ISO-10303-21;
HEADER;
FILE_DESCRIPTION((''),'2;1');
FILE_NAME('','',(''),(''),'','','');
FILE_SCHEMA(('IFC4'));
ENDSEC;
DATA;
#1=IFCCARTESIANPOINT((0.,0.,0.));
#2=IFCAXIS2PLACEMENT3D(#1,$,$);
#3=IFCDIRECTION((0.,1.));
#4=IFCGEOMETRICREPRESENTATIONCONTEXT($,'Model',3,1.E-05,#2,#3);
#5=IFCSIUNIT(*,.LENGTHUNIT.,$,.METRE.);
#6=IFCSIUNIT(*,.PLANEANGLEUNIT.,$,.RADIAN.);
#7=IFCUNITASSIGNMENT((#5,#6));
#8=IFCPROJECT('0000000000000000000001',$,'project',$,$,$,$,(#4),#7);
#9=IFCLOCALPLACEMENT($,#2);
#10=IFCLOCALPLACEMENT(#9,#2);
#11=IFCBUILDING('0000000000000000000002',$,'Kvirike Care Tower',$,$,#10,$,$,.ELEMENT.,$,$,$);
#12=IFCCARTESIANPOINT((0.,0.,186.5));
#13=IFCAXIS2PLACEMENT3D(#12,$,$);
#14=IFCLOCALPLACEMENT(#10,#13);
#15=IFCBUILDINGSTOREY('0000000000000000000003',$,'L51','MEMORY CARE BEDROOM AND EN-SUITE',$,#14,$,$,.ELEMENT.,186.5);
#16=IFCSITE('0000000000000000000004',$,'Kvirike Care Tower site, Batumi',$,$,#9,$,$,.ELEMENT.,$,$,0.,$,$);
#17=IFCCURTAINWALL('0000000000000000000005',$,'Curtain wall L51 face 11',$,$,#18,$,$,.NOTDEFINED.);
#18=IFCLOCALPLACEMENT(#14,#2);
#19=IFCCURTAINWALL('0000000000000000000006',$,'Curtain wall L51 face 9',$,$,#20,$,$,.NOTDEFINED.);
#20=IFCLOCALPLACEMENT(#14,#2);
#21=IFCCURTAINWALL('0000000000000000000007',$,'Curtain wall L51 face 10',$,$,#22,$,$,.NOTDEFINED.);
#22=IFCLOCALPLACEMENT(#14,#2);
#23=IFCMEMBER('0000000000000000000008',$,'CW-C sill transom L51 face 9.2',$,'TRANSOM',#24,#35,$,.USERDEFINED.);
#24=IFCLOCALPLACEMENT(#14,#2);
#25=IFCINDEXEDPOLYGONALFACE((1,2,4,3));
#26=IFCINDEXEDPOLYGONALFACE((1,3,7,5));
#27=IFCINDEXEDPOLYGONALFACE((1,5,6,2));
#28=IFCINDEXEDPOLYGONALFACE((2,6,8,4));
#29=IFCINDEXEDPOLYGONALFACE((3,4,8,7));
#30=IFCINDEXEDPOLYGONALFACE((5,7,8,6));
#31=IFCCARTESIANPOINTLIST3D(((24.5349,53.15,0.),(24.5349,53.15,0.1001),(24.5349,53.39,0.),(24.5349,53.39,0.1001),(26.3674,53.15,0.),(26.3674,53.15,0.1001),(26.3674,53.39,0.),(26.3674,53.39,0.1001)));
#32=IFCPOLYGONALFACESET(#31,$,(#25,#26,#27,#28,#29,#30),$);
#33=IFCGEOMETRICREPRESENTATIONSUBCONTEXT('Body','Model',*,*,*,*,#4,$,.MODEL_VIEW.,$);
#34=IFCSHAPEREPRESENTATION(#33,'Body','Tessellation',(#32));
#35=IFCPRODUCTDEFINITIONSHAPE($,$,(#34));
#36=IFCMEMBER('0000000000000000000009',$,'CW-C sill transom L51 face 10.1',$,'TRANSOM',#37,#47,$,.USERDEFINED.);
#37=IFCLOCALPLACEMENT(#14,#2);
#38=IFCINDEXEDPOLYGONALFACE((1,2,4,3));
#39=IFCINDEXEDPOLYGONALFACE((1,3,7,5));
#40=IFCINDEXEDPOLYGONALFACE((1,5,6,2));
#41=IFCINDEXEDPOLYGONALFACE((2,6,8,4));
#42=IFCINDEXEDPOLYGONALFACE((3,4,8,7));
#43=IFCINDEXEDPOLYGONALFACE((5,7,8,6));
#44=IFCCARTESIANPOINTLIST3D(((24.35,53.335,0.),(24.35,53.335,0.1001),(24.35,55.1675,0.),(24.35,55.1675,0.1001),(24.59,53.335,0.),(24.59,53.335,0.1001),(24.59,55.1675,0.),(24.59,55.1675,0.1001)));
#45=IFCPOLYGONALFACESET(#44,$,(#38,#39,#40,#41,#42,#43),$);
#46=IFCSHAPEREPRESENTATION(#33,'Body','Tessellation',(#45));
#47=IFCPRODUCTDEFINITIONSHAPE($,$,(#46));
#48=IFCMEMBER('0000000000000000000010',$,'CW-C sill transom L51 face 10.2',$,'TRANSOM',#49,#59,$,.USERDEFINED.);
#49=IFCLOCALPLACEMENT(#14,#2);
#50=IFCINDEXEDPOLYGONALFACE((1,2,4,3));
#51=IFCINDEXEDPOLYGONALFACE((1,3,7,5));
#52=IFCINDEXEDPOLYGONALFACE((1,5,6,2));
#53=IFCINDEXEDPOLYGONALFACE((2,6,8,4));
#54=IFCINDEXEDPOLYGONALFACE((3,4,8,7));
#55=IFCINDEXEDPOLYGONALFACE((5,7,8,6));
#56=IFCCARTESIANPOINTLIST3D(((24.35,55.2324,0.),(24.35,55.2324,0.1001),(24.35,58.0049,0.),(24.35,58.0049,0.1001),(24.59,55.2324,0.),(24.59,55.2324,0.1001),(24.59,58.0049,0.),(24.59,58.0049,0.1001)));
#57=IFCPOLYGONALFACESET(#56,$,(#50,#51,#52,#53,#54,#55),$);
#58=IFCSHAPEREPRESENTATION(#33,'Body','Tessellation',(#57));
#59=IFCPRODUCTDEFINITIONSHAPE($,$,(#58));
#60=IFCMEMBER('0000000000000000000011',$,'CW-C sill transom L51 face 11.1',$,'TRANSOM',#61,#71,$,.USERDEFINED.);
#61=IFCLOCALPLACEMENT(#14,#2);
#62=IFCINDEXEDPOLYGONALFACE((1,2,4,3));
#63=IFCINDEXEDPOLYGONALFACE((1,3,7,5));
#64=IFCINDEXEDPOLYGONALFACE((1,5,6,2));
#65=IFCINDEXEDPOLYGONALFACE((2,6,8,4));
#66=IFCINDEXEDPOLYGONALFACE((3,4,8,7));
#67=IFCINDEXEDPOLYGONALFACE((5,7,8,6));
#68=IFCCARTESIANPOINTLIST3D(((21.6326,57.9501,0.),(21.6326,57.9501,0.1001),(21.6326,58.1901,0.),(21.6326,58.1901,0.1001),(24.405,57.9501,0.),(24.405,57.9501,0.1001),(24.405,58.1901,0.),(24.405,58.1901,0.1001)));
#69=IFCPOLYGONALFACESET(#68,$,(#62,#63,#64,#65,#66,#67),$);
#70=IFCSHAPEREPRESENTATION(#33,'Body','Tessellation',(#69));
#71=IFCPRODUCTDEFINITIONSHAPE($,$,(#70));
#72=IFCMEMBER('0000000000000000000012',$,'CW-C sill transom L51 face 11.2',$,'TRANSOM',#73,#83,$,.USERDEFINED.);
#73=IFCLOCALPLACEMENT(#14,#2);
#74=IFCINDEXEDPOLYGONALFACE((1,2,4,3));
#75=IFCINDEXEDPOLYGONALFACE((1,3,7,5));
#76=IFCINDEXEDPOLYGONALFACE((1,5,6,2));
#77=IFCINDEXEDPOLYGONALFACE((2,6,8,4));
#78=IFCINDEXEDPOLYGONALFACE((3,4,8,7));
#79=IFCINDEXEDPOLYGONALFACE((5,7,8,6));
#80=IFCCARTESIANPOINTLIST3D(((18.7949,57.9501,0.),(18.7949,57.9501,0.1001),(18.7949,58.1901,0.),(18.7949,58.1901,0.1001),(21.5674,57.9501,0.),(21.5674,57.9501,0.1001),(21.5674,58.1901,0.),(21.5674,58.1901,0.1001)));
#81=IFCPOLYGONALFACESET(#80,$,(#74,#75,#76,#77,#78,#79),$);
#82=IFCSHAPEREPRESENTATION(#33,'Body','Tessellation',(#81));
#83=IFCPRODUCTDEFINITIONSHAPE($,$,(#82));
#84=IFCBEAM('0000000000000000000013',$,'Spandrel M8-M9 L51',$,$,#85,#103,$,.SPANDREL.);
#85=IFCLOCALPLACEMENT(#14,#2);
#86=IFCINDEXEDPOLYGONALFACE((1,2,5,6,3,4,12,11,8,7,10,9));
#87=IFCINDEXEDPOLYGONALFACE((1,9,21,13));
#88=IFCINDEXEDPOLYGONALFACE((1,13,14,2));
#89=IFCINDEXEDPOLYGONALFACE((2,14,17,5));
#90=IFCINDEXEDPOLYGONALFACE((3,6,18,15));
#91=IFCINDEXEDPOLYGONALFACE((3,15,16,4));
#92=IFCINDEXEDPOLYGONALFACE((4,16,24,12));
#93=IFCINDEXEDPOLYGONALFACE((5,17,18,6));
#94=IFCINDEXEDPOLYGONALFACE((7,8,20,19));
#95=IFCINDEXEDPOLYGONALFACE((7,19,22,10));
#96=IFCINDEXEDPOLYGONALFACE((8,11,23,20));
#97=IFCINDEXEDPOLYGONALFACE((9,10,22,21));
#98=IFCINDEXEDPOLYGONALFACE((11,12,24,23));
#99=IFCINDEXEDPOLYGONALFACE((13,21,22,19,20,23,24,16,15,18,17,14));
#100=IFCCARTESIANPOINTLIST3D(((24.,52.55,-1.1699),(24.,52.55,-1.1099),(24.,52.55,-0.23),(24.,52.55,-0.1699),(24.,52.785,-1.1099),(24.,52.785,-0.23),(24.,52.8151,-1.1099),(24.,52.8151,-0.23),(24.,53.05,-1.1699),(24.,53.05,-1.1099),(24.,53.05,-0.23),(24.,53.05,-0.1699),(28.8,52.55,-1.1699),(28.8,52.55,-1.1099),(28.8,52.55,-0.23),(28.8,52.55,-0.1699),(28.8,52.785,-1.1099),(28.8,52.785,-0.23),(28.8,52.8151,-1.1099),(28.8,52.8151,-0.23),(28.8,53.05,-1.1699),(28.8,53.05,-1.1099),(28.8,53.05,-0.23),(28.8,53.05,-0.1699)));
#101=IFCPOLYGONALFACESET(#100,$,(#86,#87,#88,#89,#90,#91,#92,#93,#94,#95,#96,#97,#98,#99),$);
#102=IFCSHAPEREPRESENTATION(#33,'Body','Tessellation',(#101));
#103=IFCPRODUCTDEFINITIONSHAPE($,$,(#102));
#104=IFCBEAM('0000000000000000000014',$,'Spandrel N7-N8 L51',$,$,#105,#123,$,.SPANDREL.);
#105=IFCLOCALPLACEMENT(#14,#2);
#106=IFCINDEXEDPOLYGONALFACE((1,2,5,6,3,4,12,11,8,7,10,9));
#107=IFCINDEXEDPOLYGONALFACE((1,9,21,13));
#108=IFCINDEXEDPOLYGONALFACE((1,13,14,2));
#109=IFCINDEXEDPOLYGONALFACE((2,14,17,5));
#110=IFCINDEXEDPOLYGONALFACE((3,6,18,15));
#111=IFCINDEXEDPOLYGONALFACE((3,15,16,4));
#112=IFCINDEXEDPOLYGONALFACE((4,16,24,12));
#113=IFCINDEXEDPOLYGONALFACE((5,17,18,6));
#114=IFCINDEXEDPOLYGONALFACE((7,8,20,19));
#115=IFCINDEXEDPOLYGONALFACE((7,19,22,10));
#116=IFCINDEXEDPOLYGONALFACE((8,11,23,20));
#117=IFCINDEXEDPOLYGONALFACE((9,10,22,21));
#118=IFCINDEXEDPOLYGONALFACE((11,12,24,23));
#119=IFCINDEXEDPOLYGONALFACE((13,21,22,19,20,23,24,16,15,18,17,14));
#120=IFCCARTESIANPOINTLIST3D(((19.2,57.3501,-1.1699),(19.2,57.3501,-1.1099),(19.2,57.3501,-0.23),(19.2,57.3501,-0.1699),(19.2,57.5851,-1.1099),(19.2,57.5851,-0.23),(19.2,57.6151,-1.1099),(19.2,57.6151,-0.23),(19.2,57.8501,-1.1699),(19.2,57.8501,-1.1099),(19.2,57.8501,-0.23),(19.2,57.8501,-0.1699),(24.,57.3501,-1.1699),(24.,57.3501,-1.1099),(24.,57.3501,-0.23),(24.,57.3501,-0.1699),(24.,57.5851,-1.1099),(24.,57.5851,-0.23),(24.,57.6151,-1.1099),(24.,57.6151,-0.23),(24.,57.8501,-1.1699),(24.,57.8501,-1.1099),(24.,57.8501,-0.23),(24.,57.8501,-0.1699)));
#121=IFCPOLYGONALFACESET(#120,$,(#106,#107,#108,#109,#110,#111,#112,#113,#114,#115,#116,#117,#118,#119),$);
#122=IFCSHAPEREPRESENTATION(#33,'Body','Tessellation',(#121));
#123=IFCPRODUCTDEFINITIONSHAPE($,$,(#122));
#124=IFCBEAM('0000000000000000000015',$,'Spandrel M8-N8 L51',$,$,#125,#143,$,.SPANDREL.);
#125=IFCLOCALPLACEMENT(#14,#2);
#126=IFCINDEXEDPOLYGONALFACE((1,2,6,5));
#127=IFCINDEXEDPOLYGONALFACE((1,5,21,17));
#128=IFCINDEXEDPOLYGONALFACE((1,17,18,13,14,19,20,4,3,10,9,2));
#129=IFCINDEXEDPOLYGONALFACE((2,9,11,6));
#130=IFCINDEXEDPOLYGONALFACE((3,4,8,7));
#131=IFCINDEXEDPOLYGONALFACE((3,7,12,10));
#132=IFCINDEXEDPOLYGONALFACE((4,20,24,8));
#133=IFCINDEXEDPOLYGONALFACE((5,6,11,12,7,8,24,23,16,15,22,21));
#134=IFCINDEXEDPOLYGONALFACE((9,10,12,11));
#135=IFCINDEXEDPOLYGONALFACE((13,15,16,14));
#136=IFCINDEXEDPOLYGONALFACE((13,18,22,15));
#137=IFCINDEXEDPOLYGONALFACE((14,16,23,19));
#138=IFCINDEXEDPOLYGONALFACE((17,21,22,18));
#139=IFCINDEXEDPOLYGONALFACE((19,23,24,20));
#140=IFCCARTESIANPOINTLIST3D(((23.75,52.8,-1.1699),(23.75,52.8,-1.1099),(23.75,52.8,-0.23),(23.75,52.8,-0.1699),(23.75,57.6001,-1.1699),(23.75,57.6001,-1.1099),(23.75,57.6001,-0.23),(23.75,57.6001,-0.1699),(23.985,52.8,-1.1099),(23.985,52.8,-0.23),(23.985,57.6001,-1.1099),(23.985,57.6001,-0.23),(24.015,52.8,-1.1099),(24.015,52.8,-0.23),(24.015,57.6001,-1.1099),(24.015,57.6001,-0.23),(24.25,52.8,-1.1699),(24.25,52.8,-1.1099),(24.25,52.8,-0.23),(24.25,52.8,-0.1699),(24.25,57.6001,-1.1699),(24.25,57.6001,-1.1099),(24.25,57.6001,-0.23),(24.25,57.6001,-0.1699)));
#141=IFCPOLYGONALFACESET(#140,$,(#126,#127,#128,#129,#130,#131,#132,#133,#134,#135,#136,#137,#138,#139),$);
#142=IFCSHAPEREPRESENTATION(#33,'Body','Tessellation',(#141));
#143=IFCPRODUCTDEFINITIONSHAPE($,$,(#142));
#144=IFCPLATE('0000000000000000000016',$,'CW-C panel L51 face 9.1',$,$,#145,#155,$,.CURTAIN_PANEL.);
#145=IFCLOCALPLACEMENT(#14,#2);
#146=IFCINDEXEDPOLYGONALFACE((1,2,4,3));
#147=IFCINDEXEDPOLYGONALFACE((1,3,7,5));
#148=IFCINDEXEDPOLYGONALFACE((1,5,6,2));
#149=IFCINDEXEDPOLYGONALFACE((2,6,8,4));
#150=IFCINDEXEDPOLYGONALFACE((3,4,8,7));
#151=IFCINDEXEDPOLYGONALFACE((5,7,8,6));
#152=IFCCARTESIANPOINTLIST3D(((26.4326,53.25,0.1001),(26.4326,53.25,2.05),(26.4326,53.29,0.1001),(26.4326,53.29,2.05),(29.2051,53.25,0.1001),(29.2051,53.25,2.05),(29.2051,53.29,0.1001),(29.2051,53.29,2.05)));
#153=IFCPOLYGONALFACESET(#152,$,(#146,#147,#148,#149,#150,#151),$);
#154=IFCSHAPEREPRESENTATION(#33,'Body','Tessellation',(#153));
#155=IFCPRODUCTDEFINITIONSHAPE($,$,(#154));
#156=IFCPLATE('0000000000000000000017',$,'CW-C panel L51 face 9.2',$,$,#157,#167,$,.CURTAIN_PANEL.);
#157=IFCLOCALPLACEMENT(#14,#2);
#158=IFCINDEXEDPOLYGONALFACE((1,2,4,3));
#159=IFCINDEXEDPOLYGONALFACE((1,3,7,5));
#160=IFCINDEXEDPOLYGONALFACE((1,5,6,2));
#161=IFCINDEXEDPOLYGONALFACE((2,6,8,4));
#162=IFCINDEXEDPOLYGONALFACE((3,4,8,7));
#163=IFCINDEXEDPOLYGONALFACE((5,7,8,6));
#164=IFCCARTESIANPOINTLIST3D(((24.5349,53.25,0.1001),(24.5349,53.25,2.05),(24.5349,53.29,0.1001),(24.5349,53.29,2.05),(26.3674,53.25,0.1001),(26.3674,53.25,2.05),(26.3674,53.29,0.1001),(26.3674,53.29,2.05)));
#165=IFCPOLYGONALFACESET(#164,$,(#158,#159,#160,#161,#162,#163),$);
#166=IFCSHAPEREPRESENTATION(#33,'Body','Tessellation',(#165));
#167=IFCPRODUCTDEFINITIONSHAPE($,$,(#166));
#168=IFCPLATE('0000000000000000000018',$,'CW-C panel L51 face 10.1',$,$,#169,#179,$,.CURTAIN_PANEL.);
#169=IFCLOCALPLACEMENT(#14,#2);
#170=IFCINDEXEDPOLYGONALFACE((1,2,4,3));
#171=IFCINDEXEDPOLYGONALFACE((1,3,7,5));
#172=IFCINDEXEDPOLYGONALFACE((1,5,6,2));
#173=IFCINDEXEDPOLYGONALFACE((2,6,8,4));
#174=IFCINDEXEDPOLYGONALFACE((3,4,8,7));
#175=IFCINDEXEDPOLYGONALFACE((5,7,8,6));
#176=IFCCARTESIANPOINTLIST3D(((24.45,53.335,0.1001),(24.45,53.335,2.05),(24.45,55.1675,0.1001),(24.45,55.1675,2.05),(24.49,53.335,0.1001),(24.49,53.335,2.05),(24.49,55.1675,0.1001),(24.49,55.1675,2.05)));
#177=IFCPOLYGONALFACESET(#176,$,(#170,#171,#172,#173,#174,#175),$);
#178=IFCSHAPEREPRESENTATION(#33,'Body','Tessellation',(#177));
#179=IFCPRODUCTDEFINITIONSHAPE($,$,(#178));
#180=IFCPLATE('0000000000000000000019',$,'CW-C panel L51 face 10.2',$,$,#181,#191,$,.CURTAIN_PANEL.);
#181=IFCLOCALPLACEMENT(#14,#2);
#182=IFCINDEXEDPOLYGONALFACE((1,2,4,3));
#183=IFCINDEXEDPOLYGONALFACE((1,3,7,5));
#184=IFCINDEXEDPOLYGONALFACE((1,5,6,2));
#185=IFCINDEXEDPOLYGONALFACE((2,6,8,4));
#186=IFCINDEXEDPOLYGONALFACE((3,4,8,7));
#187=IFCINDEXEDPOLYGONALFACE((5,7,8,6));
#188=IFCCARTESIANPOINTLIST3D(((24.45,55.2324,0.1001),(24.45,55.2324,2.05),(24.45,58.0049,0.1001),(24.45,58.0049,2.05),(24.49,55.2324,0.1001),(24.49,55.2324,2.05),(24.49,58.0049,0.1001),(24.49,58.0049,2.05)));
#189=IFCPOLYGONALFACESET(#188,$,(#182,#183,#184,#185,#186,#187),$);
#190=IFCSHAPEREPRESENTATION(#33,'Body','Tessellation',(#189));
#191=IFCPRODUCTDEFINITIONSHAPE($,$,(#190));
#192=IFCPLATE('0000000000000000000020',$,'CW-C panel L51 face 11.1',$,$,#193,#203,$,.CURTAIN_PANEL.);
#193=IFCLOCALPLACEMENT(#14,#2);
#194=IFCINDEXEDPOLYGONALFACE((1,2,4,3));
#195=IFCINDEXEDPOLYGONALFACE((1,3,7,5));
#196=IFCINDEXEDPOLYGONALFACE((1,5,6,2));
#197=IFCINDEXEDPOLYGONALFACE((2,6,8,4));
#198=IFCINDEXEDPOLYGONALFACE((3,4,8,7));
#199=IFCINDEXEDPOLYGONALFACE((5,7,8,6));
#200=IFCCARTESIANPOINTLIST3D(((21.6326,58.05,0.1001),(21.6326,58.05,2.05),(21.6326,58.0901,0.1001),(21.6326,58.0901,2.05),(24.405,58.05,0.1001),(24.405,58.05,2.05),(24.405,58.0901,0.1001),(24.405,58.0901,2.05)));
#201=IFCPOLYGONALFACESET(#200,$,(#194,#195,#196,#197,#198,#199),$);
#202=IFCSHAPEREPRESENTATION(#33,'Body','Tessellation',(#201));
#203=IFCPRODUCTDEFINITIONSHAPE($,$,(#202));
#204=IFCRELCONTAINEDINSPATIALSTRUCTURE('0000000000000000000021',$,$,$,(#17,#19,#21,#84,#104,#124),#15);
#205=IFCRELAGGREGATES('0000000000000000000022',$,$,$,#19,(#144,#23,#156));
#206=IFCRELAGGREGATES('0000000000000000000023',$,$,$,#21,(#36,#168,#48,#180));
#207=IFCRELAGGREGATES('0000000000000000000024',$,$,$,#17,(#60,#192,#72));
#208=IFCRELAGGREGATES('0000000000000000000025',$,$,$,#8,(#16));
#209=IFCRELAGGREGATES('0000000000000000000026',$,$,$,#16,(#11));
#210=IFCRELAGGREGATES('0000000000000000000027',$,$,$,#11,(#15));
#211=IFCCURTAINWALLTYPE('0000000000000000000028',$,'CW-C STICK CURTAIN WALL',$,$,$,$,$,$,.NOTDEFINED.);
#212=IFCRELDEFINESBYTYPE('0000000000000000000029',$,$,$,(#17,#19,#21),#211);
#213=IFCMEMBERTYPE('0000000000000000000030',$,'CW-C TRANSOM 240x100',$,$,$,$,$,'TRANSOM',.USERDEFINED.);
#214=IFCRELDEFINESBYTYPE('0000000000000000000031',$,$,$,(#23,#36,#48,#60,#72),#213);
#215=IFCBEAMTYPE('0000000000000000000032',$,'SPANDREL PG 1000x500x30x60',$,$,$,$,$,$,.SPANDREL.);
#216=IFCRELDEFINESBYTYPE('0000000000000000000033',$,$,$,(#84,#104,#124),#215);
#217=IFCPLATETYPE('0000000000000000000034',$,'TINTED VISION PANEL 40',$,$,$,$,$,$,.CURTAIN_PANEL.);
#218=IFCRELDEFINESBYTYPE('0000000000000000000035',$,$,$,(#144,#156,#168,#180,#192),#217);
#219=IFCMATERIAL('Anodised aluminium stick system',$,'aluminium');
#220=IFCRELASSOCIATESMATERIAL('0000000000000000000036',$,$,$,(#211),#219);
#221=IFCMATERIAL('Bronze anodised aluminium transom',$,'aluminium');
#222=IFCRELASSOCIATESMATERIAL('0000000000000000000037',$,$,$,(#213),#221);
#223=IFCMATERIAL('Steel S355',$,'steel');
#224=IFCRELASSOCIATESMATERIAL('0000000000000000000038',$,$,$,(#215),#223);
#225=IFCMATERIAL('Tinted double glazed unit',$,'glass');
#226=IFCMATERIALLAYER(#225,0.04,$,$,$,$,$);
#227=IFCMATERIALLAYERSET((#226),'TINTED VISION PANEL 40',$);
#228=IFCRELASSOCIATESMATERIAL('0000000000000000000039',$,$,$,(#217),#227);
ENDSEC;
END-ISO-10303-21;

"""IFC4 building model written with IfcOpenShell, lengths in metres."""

from ifc_helpers import new_model, si_unit, direction, frame, origin, origin_2d, place, context, subcontext, project, spatial, rectangle, i_section, extrude, material, layer, layer_set, material_profile, profile_set, type_object, element, aggregate, save


model = new_model("IFC4")

# Units and contexts
model_context = context("Model", 3, precision=1e-05, world=origin(), true_north=direction((0.0, 1.0)))
body_context = subcontext(model_context, "Body", "Model", "MODEL_VIEW")
ifc_project = project(units=[si_unit("LENGTHUNIT", "METRE"), si_unit("PLANEANGLEUNIT", "RADIAN")], contexts=[model_context])

# Site, building, storey
site_placement = place(None, origin())
site = spatial("IfcSite", under=ifc_project, at=site_placement, Name="Kvirike Care Tower site, Batumi", CompositionType="ELEMENT", RefElevation=0.0)
building_placement = place(site_placement, origin())
building = spatial("IfcBuilding", under=site, at=building_placement, Name="Kvirike Care Tower", CompositionType="ELEMENT")
storey_placement = place(building_placement, frame((0.0, 0.0, 186.5)))
storey = spatial("IfcBuildingStorey", under=building, at=storey_placement, Name="L51", Description="MEMORY CARE BEDROOM AND EN-SUITE", CompositionType="ELEMENT", Elevation=186.5)

# Curtain wall
ifc_material_1 = material(Name="Anodised aluminium stick system", Category="aluminium")
curtain_wall_type = type_object("IfcCurtainWallType", Name="CW-C STICK CURTAIN WALL", PredefinedType="NOTDEFINED", material=ifc_material_1)
curtain_wall_1_placement = place(storey_placement, origin())
curtain_wall_1 = element("IfcCurtainWall", 1, at=curtain_wall_1_placement, inside=storey, type_object=curtain_wall_type, Name="Curtain wall L51 face 11", PredefinedType="NOTDEFINED")

# Curtain walls
curtain_wall_2_placement = place(storey_placement, origin())
curtain_wall_2 = element("IfcCurtainWall", 2, at=curtain_wall_2_placement, inside=storey, type_object=curtain_wall_type, Name="Curtain wall L51 face 9", PredefinedType="NOTDEFINED")
curtain_wall_3_placement = place(storey_placement, origin())
curtain_wall_3 = element("IfcCurtainWall", 3, at=curtain_wall_3_placement, inside=storey, type_object=curtain_wall_type, Name="Curtain wall L51 face 10", PredefinedType="NOTDEFINED")

# Members
ifc_material_2 = material(Name="Bronze anodised aluminium transom", Category="aluminium")
ifc_material_profile_1 = material_profile(ifc_material_2, rectangle(XDim=0.24, YDim=0.1001, at=origin_2d()), Name="CW-C TRANSOM 240x100")
ifc_profile_set_1 = profile_set([ifc_material_profile_1], Name="Bronze anodised aluminium transom")
member_type_1 = type_object("IfcMemberType", Name="CW-C TRANSOM 240x100", ElementType="TRANSOM", PredefinedType="USERDEFINED", material=ifc_profile_set_1)
member_1_placement = place(storey_placement, frame((26.3674, 53.27, 0.05), z_axis=(-1.0, 0.0, 0.0), x_axis=(0.0, -1.0, 0.0)))
member_1 = element("IfcMember", 4, at=member_1_placement, type_object=member_type_1, Name="CW-C sill transom L51 face 9.2", ObjectType="TRANSOM", PredefinedType="USERDEFINED", context=body_context, shape_type="SweptSolid", body=[
    extrude(rectangle(XDim=0.24, YDim=0.1001, at=origin_2d()), origin(), (0.0, 0.0, 1.0), 1.8325),
])
member_2_placement = place(storey_placement, frame((24.47, 53.335, 0.05), z_axis=(0.0, 1.0, 0.0), x_axis=(-1.0, 0.0, 0.0)))
member_2 = element("IfcMember", 5, at=member_2_placement, type_object=member_type_1, Name="CW-C sill transom L51 face 10.1", ObjectType="TRANSOM", PredefinedType="USERDEFINED", context=body_context, shape_type="SweptSolid", body=[
    extrude(rectangle(XDim=0.24, YDim=0.1001, at=origin_2d()), origin(), (0.0, 0.0, 1.0), 1.8325),
])
member_3_placement = place(storey_placement, frame((24.47, 55.2324, 0.05), z_axis=(0.0, 1.0, 0.0), x_axis=(-1.0, 0.0, 0.0)))
member_3 = element("IfcMember", 6, at=member_3_placement, type_object=member_type_1, Name="CW-C sill transom L51 face 10.2", ObjectType="TRANSOM", PredefinedType="USERDEFINED", context=body_context, shape_type="SweptSolid", body=[
    extrude(rectangle(XDim=0.24, YDim=0.1001, at=origin_2d()), origin(), (0.0, 0.0, 1.0), 2.7725),
])
member_4_placement = place(storey_placement, frame((24.405, 58.0701, 0.05), z_axis=(-1.0, 0.0, 0.0), x_axis=(0.0, -1.0, 0.0)))
member_4 = element("IfcMember", 7, at=member_4_placement, type_object=member_type_1, Name="CW-C sill transom L51 face 11.1", ObjectType="TRANSOM", PredefinedType="USERDEFINED", context=body_context, shape_type="SweptSolid", body=[
    extrude(rectangle(XDim=0.24, YDim=0.1001, at=origin_2d()), origin(), (0.0, 0.0, 1.0), 2.7725),
])
member_5_placement = place(storey_placement, frame((21.5674, 58.0701, 0.05), z_axis=(-1.0, 0.0, 0.0), x_axis=(0.0, -1.0, 0.0)))
member_5 = element("IfcMember", 8, at=member_5_placement, type_object=member_type_1, Name="CW-C sill transom L51 face 11.2", ObjectType="TRANSOM", PredefinedType="USERDEFINED", context=body_context, shape_type="SweptSolid", body=[
    extrude(rectangle(XDim=0.24, YDim=0.1001, at=origin_2d()), origin(), (0.0, 0.0, 1.0), 2.7725),
])

# Beams
ifc_material_3 = material(Name="Steel S355", Category="steel")
ifc_material_profile_2 = material_profile(ifc_material_3, i_section(OverallWidth=0.5, OverallDepth=1.0, WebThickness=0.03, FlangeThickness=0.0601, at=origin_2d()), Name="PG 1000x500x30x60")
ifc_profile_set_2 = profile_set([ifc_material_profile_2], Name="Steel S355")
beam_type = type_object("IfcBeamType", Name="SPANDREL PG 1000x500x30x60", PredefinedType="SPANDREL", material=ifc_profile_set_2)
for number, where, z_axis, x_axis, name in (
    (9, (24.0, 52.8, -0.6699), (1.0, 0.0, 0.0), (0.0, 1.0, 0.0), "Spandrel M8-M9 L51"),
    (10, (19.2, 57.6001, -0.6699), (1.0, 0.0, 0.0), (0.0, 1.0, 0.0), "Spandrel N7-N8 L51"),
    (11, (24.0, 52.8, -0.6699), (0.0, 1.0, 0.0), (-1.0, 0.0, 0.0), "Spandrel M8-N8 L51"),
):
    element("IfcBeam", number, at=place(storey_placement, frame(where, z_axis=z_axis, x_axis=x_axis)), inside=storey, type_object=beam_type, Name=name, PredefinedType="SPANDREL", context=body_context, shape_type="SweptSolid", body=[
        extrude(i_section(OverallWidth=0.5, OverallDepth=1.0, WebThickness=0.03, FlangeThickness=0.0601, at=origin_2d()), origin(), (0.0, 0.0, 1.0), 4.8),
    ])

# Plates
ifc_material_4 = material(Name="Tinted double glazed unit", Category="glass")
ifc_layer_1 = layer(ifc_material_4, 0.04)
ifc_layer_set_1 = layer_set([ifc_layer_1], Name="TINTED VISION PANEL 40")
plate_type = type_object("IfcPlateType", Name="TINTED VISION PANEL 40", PredefinedType="CURTAIN_PANEL", material=ifc_layer_set_1)
plate_1_placement = place(storey_placement, frame((27.8188, 53.27, 0.1001), z_axis=(0.0, 0.0, 1.0), x_axis=(-1.0, 0.0, 0.0)))
plate_1 = element("IfcPlate", 12, at=plate_1_placement, type_object=plate_type, Name="CW-C panel L51 face 9.1", PredefinedType="CURTAIN_PANEL", context=body_context, shape_type="SweptSolid", body=[
    extrude(rectangle(XDim=2.7725, YDim=0.04, at=origin_2d()), origin(), (0.0, 0.0, 1.0), 1.95),
])
plate_2_placement = place(storey_placement, frame((25.4512, 53.27, 0.1001), z_axis=(0.0, 0.0, 1.0), x_axis=(-1.0, 0.0, 0.0)))
plate_2 = element("IfcPlate", 13, at=plate_2_placement, type_object=plate_type, Name="CW-C panel L51 face 9.2", PredefinedType="CURTAIN_PANEL", context=body_context, shape_type="SweptSolid", body=[
    extrude(rectangle(XDim=1.8325, YDim=0.04, at=origin_2d()), origin(), (0.0, 0.0, 1.0), 1.95),
])
aggregate(curtain_wall_2, [plate_1, member_1, plate_2])
plate_3_placement = place(storey_placement, frame((24.47, 54.2512, 0.1001), z_axis=(0.0, 0.0, 1.0), x_axis=(0.0, 1.0, 0.0)))
plate_3 = element("IfcPlate", 14, at=plate_3_placement, type_object=plate_type, Name="CW-C panel L51 face 10.1", PredefinedType="CURTAIN_PANEL", context=body_context, shape_type="SweptSolid", body=[
    extrude(rectangle(XDim=1.8325, YDim=0.04, at=origin_2d()), origin(), (0.0, 0.0, 1.0), 1.95),
])
plate_4_placement = place(storey_placement, frame((24.47, 56.6187, 0.1001), z_axis=(0.0, 0.0, 1.0), x_axis=(0.0, 1.0, 0.0)))
plate_4 = element("IfcPlate", 15, at=plate_4_placement, type_object=plate_type, Name="CW-C panel L51 face 10.2", PredefinedType="CURTAIN_PANEL", context=body_context, shape_type="SweptSolid", body=[
    extrude(rectangle(XDim=2.7725, YDim=0.04, at=origin_2d()), origin(), (0.0, 0.0, 1.0), 1.95),
])
aggregate(curtain_wall_3, [member_2, plate_3, member_3, plate_4])
plate_5_placement = place(storey_placement, frame((23.0188, 58.0701, 0.1001), z_axis=(0.0, 0.0, 1.0), x_axis=(-1.0, 0.0, 0.0)))
plate_5 = element("IfcPlate", 16, at=plate_5_placement, type_object=plate_type, Name="CW-C panel L51 face 11.1", PredefinedType="CURTAIN_PANEL", context=body_context, shape_type="SweptSolid", body=[
    extrude(rectangle(XDim=2.7725, YDim=0.04, at=origin_2d()), origin(), (0.0, 0.0, 1.0), 1.95),
])
aggregate(curtain_wall_1, [member_4, plate_5, member_5])

save(model, "model.ifc")
